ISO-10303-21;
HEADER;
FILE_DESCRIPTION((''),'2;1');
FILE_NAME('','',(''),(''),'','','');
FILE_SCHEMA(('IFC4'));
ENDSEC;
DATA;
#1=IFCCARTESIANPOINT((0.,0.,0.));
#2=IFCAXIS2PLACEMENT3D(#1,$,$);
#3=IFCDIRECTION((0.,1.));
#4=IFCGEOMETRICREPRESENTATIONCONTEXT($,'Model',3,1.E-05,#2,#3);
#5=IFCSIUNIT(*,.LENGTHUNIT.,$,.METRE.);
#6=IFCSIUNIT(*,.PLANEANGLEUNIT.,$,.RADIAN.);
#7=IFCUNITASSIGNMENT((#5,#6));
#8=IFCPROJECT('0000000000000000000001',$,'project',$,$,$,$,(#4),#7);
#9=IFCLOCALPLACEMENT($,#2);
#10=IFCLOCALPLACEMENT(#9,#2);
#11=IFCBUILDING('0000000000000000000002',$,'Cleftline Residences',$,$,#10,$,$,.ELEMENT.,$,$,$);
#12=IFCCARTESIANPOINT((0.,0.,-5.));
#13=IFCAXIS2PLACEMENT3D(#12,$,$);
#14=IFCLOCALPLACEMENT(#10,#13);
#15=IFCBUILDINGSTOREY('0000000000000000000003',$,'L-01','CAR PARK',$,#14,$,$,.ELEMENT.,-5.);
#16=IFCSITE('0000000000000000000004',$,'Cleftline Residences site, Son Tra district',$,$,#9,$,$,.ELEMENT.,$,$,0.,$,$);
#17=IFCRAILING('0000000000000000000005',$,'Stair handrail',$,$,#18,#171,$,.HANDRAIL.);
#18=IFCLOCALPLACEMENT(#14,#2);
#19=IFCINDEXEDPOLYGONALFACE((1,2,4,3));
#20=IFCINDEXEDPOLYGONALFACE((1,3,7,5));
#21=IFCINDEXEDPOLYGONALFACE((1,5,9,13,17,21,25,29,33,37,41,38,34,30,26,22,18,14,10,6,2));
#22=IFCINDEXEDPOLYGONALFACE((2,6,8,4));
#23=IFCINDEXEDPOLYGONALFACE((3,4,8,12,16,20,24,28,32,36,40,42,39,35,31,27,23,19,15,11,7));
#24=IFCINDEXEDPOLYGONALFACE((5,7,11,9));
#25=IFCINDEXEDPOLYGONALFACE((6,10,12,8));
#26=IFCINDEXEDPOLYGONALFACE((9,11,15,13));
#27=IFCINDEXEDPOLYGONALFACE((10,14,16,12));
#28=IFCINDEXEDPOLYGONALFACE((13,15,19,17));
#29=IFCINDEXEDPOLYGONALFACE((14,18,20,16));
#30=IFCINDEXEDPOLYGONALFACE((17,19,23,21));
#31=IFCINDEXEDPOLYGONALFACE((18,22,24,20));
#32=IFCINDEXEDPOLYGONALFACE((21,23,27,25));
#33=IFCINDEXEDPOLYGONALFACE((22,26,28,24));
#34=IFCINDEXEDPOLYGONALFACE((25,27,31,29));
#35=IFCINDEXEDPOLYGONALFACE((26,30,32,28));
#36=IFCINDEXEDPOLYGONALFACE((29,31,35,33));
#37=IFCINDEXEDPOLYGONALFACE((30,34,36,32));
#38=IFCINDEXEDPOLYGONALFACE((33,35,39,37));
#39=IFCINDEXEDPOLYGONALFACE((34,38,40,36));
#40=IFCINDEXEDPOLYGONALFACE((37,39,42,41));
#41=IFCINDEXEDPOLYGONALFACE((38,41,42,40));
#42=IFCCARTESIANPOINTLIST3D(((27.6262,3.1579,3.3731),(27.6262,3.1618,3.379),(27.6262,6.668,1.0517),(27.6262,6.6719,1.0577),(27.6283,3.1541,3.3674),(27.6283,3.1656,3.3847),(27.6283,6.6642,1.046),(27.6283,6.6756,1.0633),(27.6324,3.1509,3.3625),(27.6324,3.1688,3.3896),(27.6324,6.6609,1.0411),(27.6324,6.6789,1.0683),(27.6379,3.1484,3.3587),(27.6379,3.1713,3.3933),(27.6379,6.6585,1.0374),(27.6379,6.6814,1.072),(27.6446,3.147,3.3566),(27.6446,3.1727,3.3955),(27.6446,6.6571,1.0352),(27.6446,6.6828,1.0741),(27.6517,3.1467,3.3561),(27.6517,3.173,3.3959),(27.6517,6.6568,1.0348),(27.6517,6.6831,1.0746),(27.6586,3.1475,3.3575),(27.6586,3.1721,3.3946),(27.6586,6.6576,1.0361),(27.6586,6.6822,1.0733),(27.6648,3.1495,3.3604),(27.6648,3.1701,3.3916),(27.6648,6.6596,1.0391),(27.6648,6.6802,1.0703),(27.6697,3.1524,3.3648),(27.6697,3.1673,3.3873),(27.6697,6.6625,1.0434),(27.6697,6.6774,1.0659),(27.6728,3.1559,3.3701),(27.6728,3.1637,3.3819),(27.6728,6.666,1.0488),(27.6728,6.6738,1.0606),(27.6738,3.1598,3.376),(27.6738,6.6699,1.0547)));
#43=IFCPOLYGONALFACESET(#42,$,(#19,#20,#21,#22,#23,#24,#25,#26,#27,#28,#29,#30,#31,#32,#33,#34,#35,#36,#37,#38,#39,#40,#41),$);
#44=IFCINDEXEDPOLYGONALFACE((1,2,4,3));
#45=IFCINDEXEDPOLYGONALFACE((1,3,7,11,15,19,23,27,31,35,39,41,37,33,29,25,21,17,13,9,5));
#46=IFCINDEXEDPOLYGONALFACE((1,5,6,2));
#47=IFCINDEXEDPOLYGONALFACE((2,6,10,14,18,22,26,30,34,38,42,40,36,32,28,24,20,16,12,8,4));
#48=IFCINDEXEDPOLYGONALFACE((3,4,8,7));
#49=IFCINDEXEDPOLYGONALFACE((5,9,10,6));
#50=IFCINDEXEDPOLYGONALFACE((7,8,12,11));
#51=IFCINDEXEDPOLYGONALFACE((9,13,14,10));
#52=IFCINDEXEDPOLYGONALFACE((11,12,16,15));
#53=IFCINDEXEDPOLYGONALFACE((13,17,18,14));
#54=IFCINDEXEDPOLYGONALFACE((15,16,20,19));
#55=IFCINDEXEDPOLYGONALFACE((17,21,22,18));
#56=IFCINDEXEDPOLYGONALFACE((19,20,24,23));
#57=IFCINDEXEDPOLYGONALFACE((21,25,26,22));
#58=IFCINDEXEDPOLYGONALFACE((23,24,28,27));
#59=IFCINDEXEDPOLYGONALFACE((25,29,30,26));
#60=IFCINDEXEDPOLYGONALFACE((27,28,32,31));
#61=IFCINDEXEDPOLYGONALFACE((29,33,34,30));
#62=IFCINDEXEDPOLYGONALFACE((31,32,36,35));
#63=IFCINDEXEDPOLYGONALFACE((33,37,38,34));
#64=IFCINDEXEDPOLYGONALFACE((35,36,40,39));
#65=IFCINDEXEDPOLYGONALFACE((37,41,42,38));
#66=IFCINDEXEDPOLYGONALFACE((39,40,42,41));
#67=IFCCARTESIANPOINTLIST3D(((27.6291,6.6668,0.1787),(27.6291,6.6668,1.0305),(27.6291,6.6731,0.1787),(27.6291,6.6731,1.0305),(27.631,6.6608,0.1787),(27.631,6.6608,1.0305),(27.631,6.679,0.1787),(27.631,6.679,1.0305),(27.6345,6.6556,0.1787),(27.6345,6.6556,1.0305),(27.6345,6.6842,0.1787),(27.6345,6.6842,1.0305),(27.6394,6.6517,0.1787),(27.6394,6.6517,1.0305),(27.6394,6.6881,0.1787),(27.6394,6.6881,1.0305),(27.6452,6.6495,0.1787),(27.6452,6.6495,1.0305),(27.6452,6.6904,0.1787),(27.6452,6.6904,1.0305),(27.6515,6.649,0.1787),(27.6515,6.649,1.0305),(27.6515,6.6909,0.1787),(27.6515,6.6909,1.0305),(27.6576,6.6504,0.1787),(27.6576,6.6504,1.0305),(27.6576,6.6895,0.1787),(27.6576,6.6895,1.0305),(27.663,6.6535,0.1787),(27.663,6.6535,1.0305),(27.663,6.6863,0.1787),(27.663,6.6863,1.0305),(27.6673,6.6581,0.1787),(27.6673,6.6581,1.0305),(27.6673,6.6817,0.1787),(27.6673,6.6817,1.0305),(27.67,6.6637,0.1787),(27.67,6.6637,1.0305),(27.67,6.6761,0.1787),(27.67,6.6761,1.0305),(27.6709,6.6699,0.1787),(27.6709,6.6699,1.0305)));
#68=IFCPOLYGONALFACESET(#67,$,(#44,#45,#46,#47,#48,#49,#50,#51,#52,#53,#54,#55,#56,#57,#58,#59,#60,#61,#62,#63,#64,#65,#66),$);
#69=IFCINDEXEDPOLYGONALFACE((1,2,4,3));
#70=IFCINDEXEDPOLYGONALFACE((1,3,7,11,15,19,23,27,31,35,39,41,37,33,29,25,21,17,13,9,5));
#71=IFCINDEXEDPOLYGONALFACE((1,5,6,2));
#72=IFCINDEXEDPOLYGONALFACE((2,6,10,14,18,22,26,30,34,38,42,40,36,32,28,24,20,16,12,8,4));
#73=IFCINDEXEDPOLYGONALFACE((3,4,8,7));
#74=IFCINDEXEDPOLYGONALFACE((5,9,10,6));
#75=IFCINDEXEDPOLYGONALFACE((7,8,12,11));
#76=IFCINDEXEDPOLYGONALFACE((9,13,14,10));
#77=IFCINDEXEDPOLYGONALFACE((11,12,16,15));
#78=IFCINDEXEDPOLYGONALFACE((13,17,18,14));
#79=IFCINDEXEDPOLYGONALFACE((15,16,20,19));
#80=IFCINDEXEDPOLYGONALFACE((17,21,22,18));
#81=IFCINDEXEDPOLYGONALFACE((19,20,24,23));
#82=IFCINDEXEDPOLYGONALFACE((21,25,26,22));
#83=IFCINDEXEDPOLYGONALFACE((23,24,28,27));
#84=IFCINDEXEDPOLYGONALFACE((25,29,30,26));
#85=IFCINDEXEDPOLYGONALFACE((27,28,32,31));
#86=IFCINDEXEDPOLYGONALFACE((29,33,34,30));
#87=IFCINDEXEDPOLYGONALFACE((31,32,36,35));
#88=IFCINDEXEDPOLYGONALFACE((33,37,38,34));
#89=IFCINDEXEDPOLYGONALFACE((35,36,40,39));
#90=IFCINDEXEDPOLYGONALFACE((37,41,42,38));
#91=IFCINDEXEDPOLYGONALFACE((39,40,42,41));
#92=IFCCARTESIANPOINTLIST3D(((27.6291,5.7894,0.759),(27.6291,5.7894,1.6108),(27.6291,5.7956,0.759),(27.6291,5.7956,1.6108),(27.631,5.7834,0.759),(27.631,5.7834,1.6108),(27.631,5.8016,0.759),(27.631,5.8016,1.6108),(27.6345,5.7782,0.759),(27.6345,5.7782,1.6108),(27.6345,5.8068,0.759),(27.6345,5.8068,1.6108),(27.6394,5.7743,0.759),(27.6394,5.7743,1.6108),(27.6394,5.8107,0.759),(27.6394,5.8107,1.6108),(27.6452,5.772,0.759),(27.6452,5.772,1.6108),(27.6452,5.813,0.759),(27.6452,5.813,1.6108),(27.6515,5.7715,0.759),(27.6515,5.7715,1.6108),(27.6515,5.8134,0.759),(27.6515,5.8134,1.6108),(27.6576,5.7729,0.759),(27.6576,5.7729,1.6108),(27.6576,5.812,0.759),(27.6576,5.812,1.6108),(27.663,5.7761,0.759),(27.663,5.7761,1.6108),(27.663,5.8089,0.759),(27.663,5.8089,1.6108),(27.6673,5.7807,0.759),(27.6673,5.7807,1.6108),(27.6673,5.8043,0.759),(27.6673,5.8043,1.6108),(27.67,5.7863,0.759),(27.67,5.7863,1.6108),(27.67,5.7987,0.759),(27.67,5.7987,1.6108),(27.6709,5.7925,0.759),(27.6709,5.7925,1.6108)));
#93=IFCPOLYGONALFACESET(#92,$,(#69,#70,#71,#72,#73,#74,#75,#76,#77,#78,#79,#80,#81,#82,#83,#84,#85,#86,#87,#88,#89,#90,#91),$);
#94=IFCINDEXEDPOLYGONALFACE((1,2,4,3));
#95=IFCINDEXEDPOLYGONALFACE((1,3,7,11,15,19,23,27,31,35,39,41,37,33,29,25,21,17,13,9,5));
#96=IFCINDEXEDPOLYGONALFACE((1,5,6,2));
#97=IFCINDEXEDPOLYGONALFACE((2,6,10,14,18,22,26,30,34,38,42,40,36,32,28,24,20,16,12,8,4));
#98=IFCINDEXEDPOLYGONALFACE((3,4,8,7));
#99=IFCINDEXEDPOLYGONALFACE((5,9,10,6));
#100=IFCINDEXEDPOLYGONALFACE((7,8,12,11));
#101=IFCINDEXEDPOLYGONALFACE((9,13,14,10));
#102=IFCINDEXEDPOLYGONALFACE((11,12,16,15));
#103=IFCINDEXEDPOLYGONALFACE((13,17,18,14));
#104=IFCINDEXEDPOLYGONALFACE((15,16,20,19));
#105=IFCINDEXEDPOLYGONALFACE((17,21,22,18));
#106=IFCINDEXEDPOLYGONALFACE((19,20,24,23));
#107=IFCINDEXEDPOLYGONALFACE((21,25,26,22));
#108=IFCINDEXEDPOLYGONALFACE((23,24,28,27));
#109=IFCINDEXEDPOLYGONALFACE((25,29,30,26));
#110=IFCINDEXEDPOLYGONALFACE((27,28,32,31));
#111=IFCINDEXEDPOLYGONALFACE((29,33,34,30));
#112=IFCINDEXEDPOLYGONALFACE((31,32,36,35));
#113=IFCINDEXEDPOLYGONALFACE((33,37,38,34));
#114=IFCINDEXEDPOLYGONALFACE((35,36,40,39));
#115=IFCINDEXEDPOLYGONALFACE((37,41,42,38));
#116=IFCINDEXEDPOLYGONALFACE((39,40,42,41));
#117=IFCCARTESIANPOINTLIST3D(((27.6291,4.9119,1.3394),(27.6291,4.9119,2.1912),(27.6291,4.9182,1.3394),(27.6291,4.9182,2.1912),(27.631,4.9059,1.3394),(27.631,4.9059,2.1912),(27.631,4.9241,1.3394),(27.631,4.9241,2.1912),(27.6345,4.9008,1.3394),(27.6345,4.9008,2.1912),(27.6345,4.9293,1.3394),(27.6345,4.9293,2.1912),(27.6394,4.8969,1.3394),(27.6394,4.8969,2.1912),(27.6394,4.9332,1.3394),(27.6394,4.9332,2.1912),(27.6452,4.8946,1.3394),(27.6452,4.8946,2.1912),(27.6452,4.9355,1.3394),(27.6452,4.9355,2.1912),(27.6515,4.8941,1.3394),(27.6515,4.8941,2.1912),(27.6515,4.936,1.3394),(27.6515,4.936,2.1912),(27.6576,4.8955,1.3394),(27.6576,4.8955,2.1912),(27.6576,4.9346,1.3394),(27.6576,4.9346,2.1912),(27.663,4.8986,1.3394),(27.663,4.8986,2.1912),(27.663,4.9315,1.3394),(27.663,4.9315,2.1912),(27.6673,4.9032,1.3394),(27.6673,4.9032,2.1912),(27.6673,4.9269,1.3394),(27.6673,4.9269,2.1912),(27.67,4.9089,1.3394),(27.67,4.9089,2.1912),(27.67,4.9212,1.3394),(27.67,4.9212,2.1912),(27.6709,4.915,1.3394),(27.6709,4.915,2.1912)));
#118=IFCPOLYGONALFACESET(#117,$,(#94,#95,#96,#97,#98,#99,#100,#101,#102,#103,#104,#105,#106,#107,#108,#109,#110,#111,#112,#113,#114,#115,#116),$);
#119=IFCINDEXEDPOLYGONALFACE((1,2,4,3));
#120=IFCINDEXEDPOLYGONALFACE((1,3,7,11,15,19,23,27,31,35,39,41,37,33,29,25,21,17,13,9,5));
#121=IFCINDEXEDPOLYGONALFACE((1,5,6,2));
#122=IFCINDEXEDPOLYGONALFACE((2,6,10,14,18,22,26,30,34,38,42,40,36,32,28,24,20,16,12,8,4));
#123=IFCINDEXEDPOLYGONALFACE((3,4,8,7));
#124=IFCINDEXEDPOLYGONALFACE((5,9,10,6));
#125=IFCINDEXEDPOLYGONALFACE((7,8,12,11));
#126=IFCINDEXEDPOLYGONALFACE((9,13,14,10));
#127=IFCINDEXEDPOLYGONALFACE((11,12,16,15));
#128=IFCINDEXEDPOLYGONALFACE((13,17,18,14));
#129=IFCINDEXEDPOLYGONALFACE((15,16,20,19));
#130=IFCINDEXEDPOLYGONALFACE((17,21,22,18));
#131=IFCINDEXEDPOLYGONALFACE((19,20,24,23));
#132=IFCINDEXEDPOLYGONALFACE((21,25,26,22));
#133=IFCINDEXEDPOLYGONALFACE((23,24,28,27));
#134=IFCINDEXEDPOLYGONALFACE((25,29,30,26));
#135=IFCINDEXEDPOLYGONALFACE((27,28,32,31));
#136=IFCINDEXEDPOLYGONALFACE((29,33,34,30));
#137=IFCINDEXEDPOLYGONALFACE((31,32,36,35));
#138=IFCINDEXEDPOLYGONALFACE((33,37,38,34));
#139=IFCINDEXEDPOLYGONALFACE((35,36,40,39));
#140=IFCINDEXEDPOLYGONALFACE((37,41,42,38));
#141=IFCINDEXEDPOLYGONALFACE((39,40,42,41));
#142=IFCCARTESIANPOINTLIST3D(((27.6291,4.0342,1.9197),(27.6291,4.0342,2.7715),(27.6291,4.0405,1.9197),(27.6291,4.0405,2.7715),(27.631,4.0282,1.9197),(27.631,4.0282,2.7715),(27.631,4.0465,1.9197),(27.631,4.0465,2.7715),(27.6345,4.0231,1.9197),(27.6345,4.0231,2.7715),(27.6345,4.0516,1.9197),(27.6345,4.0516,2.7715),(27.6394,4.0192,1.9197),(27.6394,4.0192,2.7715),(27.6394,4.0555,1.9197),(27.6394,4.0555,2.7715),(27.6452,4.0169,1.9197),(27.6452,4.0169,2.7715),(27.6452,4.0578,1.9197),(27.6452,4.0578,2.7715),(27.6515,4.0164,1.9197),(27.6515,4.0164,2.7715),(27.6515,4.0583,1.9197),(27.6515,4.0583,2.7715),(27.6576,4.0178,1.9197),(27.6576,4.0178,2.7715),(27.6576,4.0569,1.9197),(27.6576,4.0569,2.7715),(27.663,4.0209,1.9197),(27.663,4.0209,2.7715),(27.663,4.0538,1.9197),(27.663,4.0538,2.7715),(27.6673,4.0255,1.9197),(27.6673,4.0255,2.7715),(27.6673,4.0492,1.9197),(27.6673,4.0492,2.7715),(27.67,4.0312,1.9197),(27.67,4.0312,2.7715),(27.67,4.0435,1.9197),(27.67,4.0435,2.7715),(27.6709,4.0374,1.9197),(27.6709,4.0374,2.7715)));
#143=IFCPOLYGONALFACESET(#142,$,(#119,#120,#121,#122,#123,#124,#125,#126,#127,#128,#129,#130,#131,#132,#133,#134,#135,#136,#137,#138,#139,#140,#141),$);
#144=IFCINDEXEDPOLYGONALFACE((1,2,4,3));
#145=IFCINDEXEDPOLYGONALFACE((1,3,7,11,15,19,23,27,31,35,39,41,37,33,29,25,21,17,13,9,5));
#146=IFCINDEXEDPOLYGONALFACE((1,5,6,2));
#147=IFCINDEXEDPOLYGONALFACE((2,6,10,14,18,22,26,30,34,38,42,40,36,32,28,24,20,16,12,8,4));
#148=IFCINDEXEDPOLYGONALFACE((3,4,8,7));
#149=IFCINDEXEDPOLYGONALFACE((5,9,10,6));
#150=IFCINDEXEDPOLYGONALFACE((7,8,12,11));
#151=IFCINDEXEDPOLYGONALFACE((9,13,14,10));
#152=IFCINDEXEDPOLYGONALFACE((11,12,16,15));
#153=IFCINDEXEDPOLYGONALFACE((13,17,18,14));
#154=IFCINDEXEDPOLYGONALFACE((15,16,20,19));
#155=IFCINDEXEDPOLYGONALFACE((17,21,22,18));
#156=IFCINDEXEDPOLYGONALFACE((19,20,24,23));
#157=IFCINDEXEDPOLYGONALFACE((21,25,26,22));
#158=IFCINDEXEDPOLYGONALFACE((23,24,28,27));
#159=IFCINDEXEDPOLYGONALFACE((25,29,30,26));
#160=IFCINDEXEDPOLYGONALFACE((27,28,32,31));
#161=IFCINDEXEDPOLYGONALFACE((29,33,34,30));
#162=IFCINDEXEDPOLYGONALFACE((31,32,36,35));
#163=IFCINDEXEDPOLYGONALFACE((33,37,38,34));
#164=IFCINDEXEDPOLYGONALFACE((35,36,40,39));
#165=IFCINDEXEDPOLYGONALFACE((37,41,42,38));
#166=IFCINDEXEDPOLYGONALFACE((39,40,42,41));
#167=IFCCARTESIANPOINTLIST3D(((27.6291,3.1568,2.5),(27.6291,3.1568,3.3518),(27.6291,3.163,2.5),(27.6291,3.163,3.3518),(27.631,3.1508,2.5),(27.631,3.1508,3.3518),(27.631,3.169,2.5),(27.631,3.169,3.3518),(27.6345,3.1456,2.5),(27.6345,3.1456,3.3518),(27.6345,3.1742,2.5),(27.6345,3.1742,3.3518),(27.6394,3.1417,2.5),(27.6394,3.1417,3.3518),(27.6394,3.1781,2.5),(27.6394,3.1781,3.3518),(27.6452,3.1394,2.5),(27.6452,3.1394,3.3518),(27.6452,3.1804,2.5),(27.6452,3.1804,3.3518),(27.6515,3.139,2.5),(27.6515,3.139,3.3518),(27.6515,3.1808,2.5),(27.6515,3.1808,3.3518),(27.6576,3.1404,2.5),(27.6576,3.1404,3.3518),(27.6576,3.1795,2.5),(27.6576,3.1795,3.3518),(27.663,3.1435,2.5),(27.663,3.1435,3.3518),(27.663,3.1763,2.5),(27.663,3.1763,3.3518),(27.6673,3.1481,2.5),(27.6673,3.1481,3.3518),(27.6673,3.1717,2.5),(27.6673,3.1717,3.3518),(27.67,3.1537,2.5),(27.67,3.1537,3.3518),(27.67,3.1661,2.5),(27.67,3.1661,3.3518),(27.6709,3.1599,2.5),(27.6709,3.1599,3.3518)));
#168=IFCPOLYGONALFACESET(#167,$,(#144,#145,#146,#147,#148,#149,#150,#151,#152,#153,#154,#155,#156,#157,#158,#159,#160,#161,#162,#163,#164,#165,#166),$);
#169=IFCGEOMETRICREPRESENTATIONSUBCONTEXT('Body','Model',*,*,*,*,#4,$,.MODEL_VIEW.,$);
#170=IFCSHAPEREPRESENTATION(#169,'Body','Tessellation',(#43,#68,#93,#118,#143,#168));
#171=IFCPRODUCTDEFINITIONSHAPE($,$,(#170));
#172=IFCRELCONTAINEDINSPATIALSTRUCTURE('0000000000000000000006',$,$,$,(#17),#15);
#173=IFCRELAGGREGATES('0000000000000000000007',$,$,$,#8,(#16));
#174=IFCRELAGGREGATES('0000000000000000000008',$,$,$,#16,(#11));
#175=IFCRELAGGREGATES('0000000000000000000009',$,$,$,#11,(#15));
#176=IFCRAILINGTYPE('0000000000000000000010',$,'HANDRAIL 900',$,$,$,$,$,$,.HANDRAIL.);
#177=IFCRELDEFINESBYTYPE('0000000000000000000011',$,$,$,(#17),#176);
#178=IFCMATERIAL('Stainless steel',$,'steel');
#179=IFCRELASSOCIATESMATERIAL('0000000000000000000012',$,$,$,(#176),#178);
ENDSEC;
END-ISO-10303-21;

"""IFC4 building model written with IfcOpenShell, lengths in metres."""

from ifc_helpers import new_model, si_unit, direction, frame, origin, origin_2d, place, context, subcontext, project, spatial, circle, extrude, material, type_object, element, save


model = new_model("IFC4")

# Units and contexts
model_context = context("Model", 3, precision=1e-05, world=origin(), true_north=direction((0.0, 1.0)))
body_context = subcontext(model_context, "Body", "Model", "MODEL_VIEW")
ifc_project = project(units=[si_unit("LENGTHUNIT", "METRE"), si_unit("PLANEANGLEUNIT", "RADIAN")], contexts=[model_context])

# Site, building, storey
site_placement = place(None, origin())
site = spatial("IfcSite", under=ifc_project, at=site_placement, Name="Cleftline Residences site, Son Tra district", CompositionType="ELEMENT", RefElevation=0.0)
building_placement = place(site_placement, origin())
building = spatial("IfcBuilding", under=site, at=building_placement, Name="Cleftline Residences", CompositionType="ELEMENT")
storey_placement = place(building_placement, frame((0.0, 0.0, -5.0)))
storey = spatial("IfcBuildingStorey", under=building, at=storey_placement, Name="L-01", Description="CAR PARK", CompositionType="ELEMENT", Elevation=-5.0)

# Railing
ifc_material_1 = material(Name="Stainless steel", Category="steel")
railing_type = type_object("IfcRailingType", Name="HANDRAIL 900", PredefinedType="HANDRAIL", material=ifc_material_1)
railing_1_placement = place(storey_placement, frame((27.6499, 6.6699, 0.1787)))
element("IfcRailing", 1, at=railing_1_placement, inside=storey, type_object=railing_type, Name="Stair handrail", PredefinedType="HANDRAIL", context=body_context, shape_type="SweptSolid", body=[
    extrude(circle(Radius=0.0239, at=origin_2d()), frame((0.0, 0.0, 0.876), z_axis=(0.0, -0.834097, 0.551617), x_axis=(1.0, 0.0, 0.0)), (0.0, 0.0, 1.0), 4.2083),
    extrude(circle(Radius=0.021, at=origin_2d()), origin(), (0.0, 0.0, 1.0), 0.8518),
    extrude(circle(Radius=0.021, at=origin_2d()), frame((0.0, -0.8774, 0.5803)), (0.0, 0.0, 1.0), 0.8518),
    extrude(circle(Radius=0.021, at=origin_2d()), frame((0.0, -1.7549, 1.1606)), (0.0, 0.0, 1.0), 0.8518),
    extrude(circle(Radius=0.021, at=origin_2d()), frame((0.0, -2.6326, 1.741)), (0.0, 0.0, 1.0), 0.8518),
    extrude(circle(Radius=0.021, at=origin_2d()), frame((0.0, -3.51, 2.3213)), (0.0, 0.0, 1.0), 0.8518),
])

save(model, "model.ifc")
